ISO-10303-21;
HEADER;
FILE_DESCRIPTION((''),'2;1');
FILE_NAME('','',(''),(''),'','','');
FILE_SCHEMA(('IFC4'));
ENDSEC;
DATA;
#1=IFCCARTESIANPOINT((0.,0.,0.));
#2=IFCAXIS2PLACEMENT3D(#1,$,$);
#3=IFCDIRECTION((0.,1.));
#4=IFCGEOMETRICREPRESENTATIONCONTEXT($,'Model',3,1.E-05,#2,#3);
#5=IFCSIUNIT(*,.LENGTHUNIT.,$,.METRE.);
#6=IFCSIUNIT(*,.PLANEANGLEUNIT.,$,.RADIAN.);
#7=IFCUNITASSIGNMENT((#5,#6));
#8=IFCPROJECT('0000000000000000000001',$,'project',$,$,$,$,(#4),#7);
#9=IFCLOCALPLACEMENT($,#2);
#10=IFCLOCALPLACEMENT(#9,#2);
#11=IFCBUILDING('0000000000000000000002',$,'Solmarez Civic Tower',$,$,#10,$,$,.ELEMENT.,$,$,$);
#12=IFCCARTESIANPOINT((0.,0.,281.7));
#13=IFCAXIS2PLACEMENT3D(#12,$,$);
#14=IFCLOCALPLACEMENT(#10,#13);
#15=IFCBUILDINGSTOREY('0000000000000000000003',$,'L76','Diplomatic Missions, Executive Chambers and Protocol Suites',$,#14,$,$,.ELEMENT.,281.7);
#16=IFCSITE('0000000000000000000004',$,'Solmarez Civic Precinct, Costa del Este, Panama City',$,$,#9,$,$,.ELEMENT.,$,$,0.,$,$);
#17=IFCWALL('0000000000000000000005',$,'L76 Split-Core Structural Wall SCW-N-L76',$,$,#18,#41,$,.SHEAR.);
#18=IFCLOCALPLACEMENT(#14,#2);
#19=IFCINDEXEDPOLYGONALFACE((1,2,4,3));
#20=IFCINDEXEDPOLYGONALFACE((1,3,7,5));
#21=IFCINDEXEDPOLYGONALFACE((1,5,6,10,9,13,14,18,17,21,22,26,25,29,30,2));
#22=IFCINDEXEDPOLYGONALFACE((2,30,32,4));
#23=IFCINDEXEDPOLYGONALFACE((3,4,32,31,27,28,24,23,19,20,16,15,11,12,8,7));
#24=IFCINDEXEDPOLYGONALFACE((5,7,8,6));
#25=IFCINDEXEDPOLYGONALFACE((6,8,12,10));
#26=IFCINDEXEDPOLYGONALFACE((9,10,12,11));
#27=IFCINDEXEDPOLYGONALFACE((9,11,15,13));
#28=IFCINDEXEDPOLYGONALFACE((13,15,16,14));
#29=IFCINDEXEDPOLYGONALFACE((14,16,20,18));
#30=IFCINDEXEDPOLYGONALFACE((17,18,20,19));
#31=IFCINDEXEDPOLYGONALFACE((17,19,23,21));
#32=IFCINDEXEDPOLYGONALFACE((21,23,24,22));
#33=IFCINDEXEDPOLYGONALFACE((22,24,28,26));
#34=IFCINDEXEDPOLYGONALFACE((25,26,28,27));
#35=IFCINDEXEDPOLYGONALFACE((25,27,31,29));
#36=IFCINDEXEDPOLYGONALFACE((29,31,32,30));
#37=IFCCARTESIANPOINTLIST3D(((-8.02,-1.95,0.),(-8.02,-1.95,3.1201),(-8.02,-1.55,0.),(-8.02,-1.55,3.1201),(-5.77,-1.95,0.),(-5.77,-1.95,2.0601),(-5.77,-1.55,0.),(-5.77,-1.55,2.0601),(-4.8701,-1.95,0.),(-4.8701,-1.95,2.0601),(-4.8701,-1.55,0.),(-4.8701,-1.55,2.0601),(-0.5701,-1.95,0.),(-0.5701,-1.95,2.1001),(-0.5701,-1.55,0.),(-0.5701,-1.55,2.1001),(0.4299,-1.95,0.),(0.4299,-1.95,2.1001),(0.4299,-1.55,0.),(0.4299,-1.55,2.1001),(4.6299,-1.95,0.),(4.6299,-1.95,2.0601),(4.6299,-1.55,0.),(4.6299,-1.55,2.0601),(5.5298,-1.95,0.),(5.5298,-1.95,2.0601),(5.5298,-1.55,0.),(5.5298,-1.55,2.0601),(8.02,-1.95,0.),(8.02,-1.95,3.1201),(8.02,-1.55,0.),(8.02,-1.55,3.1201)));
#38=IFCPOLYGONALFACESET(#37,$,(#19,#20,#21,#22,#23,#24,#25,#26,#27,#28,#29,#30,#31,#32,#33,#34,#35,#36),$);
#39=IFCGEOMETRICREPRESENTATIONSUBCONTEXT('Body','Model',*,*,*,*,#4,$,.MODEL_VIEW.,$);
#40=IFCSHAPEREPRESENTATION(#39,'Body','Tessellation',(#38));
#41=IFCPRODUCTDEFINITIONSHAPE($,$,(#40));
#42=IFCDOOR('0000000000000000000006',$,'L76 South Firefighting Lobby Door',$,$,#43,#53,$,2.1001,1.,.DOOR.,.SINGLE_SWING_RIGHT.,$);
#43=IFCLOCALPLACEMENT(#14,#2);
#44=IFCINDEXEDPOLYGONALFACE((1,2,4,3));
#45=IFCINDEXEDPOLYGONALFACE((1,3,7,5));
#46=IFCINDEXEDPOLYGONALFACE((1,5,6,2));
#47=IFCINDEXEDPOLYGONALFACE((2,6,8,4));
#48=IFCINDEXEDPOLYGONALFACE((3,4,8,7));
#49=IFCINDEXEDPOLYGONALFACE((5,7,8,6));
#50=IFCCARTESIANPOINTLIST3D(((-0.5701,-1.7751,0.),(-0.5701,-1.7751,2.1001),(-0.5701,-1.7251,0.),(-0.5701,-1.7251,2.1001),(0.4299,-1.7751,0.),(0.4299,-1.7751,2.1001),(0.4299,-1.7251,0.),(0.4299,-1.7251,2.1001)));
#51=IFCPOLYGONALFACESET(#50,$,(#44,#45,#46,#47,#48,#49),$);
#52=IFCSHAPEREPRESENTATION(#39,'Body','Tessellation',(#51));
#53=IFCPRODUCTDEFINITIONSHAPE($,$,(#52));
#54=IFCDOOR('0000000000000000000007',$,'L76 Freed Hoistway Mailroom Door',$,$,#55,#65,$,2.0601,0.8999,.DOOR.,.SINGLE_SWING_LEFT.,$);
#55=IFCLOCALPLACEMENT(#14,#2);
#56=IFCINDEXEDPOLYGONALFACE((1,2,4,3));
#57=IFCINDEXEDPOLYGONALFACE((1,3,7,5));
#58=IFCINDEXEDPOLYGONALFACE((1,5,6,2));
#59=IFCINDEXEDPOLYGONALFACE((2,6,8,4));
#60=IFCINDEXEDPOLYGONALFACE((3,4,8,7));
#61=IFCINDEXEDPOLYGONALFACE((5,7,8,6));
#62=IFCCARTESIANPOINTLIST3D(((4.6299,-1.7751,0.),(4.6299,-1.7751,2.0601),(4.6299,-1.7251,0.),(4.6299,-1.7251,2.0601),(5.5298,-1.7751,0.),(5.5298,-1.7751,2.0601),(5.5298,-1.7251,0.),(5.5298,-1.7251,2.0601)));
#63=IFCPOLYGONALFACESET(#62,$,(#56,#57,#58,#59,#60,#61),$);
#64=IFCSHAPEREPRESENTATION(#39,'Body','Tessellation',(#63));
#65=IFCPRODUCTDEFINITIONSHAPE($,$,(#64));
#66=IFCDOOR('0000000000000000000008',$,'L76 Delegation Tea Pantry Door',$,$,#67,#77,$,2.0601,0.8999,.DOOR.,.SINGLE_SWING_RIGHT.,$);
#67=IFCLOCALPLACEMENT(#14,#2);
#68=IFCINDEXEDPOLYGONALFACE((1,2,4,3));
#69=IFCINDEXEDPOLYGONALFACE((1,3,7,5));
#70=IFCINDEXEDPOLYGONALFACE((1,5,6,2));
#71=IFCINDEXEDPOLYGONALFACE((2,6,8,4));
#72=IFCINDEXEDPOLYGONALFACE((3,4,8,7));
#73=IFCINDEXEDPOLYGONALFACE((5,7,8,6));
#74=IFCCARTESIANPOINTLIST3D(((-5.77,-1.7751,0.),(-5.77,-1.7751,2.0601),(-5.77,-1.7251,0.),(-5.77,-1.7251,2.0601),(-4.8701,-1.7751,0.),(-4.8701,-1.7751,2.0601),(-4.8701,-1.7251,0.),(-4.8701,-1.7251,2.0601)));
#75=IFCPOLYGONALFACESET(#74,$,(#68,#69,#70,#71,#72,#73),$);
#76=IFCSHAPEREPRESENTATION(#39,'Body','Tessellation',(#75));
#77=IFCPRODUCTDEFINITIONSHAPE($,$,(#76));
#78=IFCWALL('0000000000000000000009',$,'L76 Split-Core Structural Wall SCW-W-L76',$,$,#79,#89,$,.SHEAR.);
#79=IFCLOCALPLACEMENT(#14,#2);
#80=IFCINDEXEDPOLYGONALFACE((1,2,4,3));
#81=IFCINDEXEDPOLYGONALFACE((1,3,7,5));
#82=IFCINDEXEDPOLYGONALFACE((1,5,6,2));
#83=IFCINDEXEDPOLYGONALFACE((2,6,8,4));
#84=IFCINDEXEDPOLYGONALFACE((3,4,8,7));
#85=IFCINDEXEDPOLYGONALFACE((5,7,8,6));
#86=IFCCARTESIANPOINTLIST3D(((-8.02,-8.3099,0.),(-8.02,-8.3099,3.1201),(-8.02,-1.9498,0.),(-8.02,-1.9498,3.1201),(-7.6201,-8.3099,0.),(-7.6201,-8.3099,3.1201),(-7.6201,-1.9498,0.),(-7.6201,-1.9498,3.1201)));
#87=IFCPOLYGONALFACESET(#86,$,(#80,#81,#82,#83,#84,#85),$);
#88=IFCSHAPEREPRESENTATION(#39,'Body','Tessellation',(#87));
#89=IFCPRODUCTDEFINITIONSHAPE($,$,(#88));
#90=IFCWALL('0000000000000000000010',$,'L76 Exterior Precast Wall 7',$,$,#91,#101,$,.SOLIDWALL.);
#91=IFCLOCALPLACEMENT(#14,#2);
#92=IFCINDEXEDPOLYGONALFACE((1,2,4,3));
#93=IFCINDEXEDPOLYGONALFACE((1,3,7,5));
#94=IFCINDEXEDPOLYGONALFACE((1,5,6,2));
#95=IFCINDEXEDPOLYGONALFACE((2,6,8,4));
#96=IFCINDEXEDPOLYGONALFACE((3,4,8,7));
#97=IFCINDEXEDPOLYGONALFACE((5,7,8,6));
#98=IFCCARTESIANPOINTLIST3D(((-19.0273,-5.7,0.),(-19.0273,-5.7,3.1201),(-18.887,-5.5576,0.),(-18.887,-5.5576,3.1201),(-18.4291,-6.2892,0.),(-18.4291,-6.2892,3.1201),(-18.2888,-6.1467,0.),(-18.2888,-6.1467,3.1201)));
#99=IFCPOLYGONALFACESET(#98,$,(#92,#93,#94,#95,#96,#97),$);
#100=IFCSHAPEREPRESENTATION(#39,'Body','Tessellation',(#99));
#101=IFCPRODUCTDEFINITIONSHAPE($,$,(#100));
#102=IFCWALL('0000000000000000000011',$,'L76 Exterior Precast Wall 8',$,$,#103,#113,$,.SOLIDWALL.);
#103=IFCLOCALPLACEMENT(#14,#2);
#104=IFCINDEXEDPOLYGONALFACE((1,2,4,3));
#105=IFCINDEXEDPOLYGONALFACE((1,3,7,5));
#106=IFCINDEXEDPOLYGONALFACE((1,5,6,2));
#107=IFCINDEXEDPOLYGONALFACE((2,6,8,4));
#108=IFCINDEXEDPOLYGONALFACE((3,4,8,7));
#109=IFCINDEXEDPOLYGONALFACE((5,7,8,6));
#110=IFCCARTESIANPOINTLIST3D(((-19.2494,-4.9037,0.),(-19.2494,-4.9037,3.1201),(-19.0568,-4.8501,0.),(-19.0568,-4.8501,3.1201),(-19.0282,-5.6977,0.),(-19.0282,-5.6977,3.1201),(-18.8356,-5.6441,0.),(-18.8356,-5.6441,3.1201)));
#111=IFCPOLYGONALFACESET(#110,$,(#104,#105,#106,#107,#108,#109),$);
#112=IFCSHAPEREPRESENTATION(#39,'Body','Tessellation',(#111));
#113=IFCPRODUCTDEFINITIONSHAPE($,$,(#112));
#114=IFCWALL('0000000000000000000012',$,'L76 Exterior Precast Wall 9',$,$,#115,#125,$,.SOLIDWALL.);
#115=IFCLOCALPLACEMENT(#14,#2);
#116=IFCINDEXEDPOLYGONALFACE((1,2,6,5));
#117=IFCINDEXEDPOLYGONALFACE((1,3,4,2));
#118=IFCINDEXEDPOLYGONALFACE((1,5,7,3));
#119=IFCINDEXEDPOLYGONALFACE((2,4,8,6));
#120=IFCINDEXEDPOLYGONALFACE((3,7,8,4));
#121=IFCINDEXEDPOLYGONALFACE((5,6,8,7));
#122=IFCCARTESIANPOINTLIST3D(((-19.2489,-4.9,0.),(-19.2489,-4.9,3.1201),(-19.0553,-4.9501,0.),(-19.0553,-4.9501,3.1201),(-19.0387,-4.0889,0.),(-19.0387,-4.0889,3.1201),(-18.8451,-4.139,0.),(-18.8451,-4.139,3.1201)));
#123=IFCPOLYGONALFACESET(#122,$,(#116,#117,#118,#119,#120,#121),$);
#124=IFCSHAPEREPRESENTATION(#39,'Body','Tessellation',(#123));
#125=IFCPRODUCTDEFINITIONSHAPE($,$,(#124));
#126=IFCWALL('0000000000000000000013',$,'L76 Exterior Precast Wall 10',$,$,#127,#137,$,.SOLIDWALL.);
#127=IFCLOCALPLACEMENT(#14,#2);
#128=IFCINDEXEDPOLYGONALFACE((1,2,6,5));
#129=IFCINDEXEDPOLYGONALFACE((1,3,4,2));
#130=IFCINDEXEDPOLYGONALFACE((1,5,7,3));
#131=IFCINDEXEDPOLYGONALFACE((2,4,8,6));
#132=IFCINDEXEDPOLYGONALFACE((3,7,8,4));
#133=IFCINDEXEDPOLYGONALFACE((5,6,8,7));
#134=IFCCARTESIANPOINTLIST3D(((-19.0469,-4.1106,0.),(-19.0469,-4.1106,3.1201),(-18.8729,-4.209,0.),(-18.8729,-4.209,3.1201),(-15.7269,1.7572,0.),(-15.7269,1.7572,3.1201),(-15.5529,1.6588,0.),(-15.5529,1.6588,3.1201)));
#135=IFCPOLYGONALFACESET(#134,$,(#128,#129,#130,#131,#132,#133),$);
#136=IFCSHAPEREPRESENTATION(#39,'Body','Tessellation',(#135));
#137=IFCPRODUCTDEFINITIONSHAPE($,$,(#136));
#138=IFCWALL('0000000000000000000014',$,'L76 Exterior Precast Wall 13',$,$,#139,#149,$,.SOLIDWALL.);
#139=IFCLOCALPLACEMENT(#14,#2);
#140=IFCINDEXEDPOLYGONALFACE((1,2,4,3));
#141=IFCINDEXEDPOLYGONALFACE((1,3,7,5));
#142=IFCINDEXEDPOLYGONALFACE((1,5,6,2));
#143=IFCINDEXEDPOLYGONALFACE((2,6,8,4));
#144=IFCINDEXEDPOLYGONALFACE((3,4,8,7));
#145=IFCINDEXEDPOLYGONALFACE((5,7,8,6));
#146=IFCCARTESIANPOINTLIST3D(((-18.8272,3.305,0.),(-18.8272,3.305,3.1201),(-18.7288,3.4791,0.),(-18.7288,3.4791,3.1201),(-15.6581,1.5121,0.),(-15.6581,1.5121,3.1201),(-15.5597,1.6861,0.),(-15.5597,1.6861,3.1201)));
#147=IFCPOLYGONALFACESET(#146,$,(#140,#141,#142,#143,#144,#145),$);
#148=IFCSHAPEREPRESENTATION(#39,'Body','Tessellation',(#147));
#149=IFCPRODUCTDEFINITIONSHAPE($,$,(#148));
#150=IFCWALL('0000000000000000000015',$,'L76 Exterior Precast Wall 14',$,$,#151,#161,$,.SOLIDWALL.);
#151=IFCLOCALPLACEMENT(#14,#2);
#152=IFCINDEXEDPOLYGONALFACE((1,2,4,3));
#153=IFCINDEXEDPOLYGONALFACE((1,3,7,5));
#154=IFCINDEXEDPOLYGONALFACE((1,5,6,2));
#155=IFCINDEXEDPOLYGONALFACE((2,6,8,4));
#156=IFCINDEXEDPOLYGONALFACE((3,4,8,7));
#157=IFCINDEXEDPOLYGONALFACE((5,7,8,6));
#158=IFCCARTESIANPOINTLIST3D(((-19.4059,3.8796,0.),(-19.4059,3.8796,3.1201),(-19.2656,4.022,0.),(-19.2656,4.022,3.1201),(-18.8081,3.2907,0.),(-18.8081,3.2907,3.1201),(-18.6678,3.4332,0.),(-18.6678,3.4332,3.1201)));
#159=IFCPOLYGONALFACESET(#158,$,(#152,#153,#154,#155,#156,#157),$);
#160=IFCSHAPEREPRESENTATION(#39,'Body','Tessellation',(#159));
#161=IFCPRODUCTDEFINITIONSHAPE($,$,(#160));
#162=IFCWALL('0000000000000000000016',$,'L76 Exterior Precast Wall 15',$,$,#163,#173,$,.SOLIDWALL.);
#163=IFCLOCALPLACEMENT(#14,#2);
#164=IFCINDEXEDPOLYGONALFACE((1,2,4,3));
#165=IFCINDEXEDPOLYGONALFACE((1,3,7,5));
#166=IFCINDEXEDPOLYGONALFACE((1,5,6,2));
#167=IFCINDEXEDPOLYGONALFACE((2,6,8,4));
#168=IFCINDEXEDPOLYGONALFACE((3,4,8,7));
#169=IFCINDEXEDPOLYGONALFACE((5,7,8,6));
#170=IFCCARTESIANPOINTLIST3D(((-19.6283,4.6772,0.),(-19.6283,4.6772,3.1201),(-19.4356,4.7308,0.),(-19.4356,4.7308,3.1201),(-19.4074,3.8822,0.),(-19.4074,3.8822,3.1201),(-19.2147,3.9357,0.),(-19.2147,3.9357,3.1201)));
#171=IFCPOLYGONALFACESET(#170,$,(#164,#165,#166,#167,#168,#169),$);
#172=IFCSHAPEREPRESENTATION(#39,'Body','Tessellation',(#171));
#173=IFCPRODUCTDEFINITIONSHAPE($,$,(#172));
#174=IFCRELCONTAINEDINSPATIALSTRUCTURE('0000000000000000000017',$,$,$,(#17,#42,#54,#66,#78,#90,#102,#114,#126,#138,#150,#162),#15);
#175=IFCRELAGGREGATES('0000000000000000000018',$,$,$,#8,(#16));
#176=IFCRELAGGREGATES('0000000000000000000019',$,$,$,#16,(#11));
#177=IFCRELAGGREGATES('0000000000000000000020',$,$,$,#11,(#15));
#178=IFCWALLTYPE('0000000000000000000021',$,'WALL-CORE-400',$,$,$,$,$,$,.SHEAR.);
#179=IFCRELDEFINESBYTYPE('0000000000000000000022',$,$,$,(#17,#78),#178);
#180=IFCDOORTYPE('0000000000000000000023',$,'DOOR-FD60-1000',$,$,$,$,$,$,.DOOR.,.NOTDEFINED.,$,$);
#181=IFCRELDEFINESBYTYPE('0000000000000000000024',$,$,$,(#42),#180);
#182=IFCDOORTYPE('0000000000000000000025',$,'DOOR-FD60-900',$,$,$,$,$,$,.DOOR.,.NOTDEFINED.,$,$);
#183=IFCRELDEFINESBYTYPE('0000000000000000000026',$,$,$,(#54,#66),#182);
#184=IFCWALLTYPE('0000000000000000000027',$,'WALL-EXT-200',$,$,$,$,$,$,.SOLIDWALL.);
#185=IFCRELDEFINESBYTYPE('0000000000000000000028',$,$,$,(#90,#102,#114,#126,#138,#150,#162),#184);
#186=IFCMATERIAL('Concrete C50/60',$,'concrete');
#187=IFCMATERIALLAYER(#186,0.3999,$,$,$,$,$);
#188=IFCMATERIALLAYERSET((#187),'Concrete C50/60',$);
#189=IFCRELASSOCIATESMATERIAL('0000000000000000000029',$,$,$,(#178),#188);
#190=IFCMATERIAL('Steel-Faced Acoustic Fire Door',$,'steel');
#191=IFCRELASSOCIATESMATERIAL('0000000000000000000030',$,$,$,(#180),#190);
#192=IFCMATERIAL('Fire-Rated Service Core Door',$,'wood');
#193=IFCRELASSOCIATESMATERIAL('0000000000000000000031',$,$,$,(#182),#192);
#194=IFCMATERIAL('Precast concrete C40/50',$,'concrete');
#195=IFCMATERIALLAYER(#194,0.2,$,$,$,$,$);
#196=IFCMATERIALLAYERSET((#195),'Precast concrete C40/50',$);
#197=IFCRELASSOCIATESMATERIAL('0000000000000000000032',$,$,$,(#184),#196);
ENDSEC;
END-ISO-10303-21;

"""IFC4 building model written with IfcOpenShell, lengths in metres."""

from ifc_helpers import new_model, si_unit, direction, frame, frame_2d, origin, place, context, subcontext, project, spatial, rectangle, extrude, material, layer, layer_set, type_object, element, fill, save


model = new_model("IFC4")

# Units and contexts
model_context = context("Model", 3, precision=1e-05, world=origin(), true_north=direction((0.0, 1.0)))
body_context = subcontext(model_context, "Body", "Model", "MODEL_VIEW")
ifc_project = project(units=[si_unit("LENGTHUNIT", "METRE"), si_unit("PLANEANGLEUNIT", "RADIAN")], contexts=[model_context])

# Site, building, storey
site_placement = place(None, origin())
site = spatial("IfcSite", under=ifc_project, at=site_placement, Name="Solmarez Civic Precinct, Costa del Este, Panama City", CompositionType="ELEMENT", RefElevation=0.0)
building_placement = place(site_placement, origin())
building = spatial("IfcBuilding", under=site, at=building_placement, Name="Solmarez Civic Tower", CompositionType="ELEMENT")
storey_placement = place(building_placement, frame((0.0, 0.0, 281.7)))
storey = spatial("IfcBuildingStorey", under=building, at=storey_placement, Name="L76", Description="Diplomatic Missions, Executive Chambers and Protocol Suites", CompositionType="ELEMENT", Elevation=281.7)

# Shared definitions
ifc_material_1 = material(Name="Concrete C50/60", Category="concrete")

# Wall, openings, doors
ifc_layer_1 = layer(ifc_material_1, 0.3999)
ifc_layer_set_1 = layer_set([ifc_layer_1], Name="Concrete C50/60")
wall_type_1 = type_object("IfcWallType", Name="WALL-CORE-400", PredefinedType="SHEAR", material=ifc_layer_set_1)
wall_1_placement = place(storey_placement, frame((-8.02, -1.75, 0.0), z_axis=(0.0, 0.0, 1.0), x_axis=(1.0, 0.0, 0.0)))
wall_1 = element("IfcWall", 1, at=wall_1_placement, inside=storey, type_object=wall_type_1, Name="L76 Split-Core Structural Wall SCW-N-L76", PredefinedType="SHEAR", context=body_context, shape_type="SweptSolid", body=[
    extrude(rectangle(XDim=16.04, YDim=0.3999, at=frame_2d((8.02, 0.0))), origin(), (0.0, 0.0, 1.0), 3.1201),
])
opening_1_placement = place(wall_1_placement, frame((7.45, 0.0, 0.0)))
opening_1 = element("IfcOpeningElement", 2, at=opening_1_placement, cuts=wall_1, PredefinedType="OPENING", context=body_context, shape_type="SweptSolid", body=[
    extrude(rectangle(XDim=1.0, YDim=2.1001, at=frame_2d((0.5, 1.05))), frame((0.0, 0.21, 0.0), z_axis=(0.0, -1.0, 0.0), x_axis=(1.0, 0.0, 0.0)), (0.0, 0.0, 1.0), 0.4199),
])
opening_2_placement = place(wall_1_placement, frame((12.6499, 0.0, 0.0)))
opening_2 = element("IfcOpeningElement", 3, at=opening_2_placement, cuts=wall_1, PredefinedType="OPENING", context=body_context, shape_type="SweptSolid", body=[
    extrude(rectangle(XDim=0.8999, YDim=2.0601, at=frame_2d((0.45, 1.03))), frame((0.0, 0.21, 0.0), z_axis=(0.0, -1.0, 0.0), x_axis=(1.0, 0.0, 0.0)), (0.0, 0.0, 1.0), 0.4199),
])
opening_3_placement = place(wall_1_placement, frame((2.25, 0.0, 0.0)))
opening_3 = element("IfcOpeningElement", 4, at=opening_3_placement, cuts=wall_1, PredefinedType="OPENING", context=body_context, shape_type="SweptSolid", body=[
    extrude(rectangle(XDim=0.8999, YDim=2.0601, at=frame_2d((0.45, 1.03))), frame((0.0, 0.21, 0.0), z_axis=(0.0, -1.0, 0.0), x_axis=(1.0, 0.0, 0.0)), (0.0, 0.0, 1.0), 0.4199),
])
ifc_material_2 = material(Name="Steel-Faced Acoustic Fire Door", Category="steel")
door_type_1 = type_object("IfcDoorType", Name="DOOR-FD60-1000", OperationType="NOTDEFINED", PredefinedType="DOOR", material=ifc_material_2)
door_1_placement = place(opening_1_placement, origin())
door_1 = element("IfcDoor", 5, at=door_1_placement, inside=storey, type_object=door_type_1, Name="L76 South Firefighting Lobby Door", OperationType="SINGLE_SWING_RIGHT", OverallHeight=2.1001, OverallWidth=1.0, PredefinedType="DOOR", context=body_context, shape_type="SweptSolid", body=[
    extrude(rectangle(XDim=1.0, YDim=2.1001, at=frame_2d((0.5, 1.05))), frame((0.0, 0.0249, 0.0), z_axis=(0.0, -1.0, 0.0), x_axis=(1.0, 0.0, 0.0)), (0.0, 0.0, 1.0), 0.05),
])
fill(opening_1, door_1)
ifc_material_3 = material(Name="Fire-Rated Service Core Door", Category="wood")
door_type_2 = type_object("IfcDoorType", Name="DOOR-FD60-900", OperationType="NOTDEFINED", PredefinedType="DOOR", material=ifc_material_3)
door_2_placement = place(opening_2_placement, origin())
door_2 = element("IfcDoor", 6, at=door_2_placement, inside=storey, type_object=door_type_2, Name="L76 Freed Hoistway Mailroom Door", OperationType="SINGLE_SWING_LEFT", OverallHeight=2.0601, OverallWidth=0.8999, PredefinedType="DOOR", context=body_context, shape_type="SweptSolid", body=[
    extrude(rectangle(XDim=0.8999, YDim=2.0601, at=frame_2d((0.45, 1.03))), frame((0.0, 0.0249, 0.0), z_axis=(0.0, -1.0, 0.0), x_axis=(1.0, 0.0, 0.0)), (0.0, 0.0, 1.0), 0.05),
])
fill(opening_2, door_2)
door_3_placement = place(opening_3_placement, origin())
door_3 = element("IfcDoor", 7, at=door_3_placement, inside=storey, type_object=door_type_2, Name="L76 Delegation Tea Pantry Door", OperationType="SINGLE_SWING_RIGHT", OverallHeight=2.0601, OverallWidth=0.8999, PredefinedType="DOOR", context=body_context, shape_type="SweptSolid", body=[
    extrude(rectangle(XDim=0.8999, YDim=2.0601, at=frame_2d((0.45, 1.03))), frame((0.0, 0.0249, 0.0), z_axis=(0.0, -1.0, 0.0), x_axis=(1.0, 0.0, 0.0)), (0.0, 0.0, 1.0), 0.05),
])
fill(opening_3, door_3)

# Walls
wall_2_placement = place(storey_placement, frame((-7.8201, -8.3101, 0.0), z_axis=(0.0, 0.0, 1.0), x_axis=(0.0, 1.0, 0.0)))
element("IfcWall", 8, at=wall_2_placement, inside=storey, type_object=wall_type_1, Name="L76 Split-Core Structural Wall SCW-W-L76", PredefinedType="SHEAR", context=body_context, shape_type="SweptSolid", body=[
    extrude(rectangle(XDim=6.3601, YDim=0.3999, at=frame_2d((3.1802, 0.0))), origin(), (0.0, 0.0, 1.0), 3.1201),
])
ifc_material_4 = material(Name="Precast concrete C40/50", Category="concrete")
ifc_layer_2 = layer(ifc_material_4, 0.2)
ifc_layer_set_2 = layer_set([ifc_layer_2], Name="Precast concrete C40/50")
wall_type_2 = type_object("IfcWallType", Name="WALL-EXT-200", PredefinedType="SOLIDWALL", material=ifc_layer_set_2)
wall_3_placement = place(storey_placement, frame((-18.3589, -6.218, 0.0), z_axis=(0.0, 0.0, 1.0), x_axis=(-0.712466, 0.701706, 0.0)))
element("IfcWall", 9, at=wall_3_placement, inside=storey, type_object=wall_type_2, Name="L76 Exterior Precast Wall 7", PredefinedType="SOLIDWALL", context=body_context, shape_type="SweptSolid", body=[
    extrude(rectangle(XDim=0.8396, YDim=0.2, at=frame_2d((0.4199, 0.0))), origin(), (0.0, 0.0, 1.0), 3.1201),
])
wall_4_placement = place(storey_placement, frame((-18.9319, -5.6709, 0.0), z_axis=(0.0, 0.0, 1.0), x_axis=(-0.268377, 0.963314, 0.0)))
element("IfcWall", 10, at=wall_4_placement, inside=storey, type_object=wall_type_2, Name="L76 Exterior Precast Wall 8", PredefinedType="SOLIDWALL", context=body_context, shape_type="SweptSolid", body=[
    extrude(rectangle(XDim=0.8242, YDim=0.2, at=frame_2d((0.4121, 0.0))), origin(), (0.0, 0.0, 1.0), 3.1201),
])
wall_5_placement = place(storey_placement, frame((-19.1521, -4.925, 0.0), z_axis=(0.0, 0.0, 1.0), x_axis=(0.250891, 0.968015, 0.0)))
element("IfcWall", 11, at=wall_5_placement, inside=storey, type_object=wall_type_2, Name="L76 Exterior Precast Wall 9", PredefinedType="SOLIDWALL", context=body_context, shape_type="SweptSolid", body=[
    extrude(rectangle(XDim=0.8379, YDim=0.2, at=frame_2d((0.4189, 0.0))), origin(), (0.0, 0.0, 1.0), 3.1201),
])
wall_6_placement = place(storey_placement, frame((-18.96, -4.1599, 0.0), z_axis=(0.0, 0.0, 1.0), x_axis=(0.492441, 0.870346, 0.0)))
element("IfcWall", 12, at=wall_6_placement, inside=storey, type_object=wall_type_2, Name="L76 Exterior Precast Wall 10", PredefinedType="SOLIDWALL", context=body_context, shape_type="SweptSolid", body=[
    extrude(rectangle(XDim=6.7419, YDim=0.2, at=frame_2d((3.3711, 0.0))), origin(), (0.0, 0.0, 1.0), 3.1201),
])
wall_7_placement = place(storey_placement, frame((-15.6089, 1.5991, 0.0), z_axis=(0.0, 0.0, 1.0), x_axis=(-0.870364, 0.492409, 0.0)))
element("IfcWall", 13, at=wall_7_placement, inside=storey, type_object=wall_type_2, Name="L76 Exterior Precast Wall 13", PredefinedType="SOLIDWALL", context=body_context, shape_type="SweptSolid", body=[
    extrude(rectangle(XDim=3.6411, YDim=0.2, at=frame_2d((1.8206, 0.0))), origin(), (0.0, 0.0, 1.0), 3.1201),
])
wall_8_placement = place(storey_placement, frame((-18.738, 3.3621, 0.0), z_axis=(0.0, 0.0, 1.0), x_axis=(-0.712468, 0.701704, 0.0)))
element("IfcWall", 14, at=wall_8_placement, inside=storey, type_object=wall_type_2, Name="L76 Exterior Precast Wall 14", PredefinedType="SOLIDWALL", context=body_context, shape_type="SweptSolid", body=[
    extrude(rectangle(XDim=0.8391, YDim=0.2, at=frame_2d((0.4194, 0.0))), origin(), (0.0, 0.0, 1.0), 3.1201),
])
wall_9_placement = place(storey_placement, frame((-19.311, 3.9089, 0.0), z_axis=(0.0, 0.0, 1.0), x_axis=(-0.26772, 0.963497, 0.0)))
element("IfcWall", 15, at=wall_9_placement, inside=storey, type_object=wall_type_2, Name="L76 Exterior Precast Wall 15", PredefinedType="SOLIDWALL", context=body_context, shape_type="SweptSolid", body=[
    extrude(rectangle(XDim=0.8252, YDim=0.2, at=frame_2d((0.4126, 0.0))), origin(), (0.0, 0.0, 1.0), 3.1201),
])

save(model, "model.ifc")
